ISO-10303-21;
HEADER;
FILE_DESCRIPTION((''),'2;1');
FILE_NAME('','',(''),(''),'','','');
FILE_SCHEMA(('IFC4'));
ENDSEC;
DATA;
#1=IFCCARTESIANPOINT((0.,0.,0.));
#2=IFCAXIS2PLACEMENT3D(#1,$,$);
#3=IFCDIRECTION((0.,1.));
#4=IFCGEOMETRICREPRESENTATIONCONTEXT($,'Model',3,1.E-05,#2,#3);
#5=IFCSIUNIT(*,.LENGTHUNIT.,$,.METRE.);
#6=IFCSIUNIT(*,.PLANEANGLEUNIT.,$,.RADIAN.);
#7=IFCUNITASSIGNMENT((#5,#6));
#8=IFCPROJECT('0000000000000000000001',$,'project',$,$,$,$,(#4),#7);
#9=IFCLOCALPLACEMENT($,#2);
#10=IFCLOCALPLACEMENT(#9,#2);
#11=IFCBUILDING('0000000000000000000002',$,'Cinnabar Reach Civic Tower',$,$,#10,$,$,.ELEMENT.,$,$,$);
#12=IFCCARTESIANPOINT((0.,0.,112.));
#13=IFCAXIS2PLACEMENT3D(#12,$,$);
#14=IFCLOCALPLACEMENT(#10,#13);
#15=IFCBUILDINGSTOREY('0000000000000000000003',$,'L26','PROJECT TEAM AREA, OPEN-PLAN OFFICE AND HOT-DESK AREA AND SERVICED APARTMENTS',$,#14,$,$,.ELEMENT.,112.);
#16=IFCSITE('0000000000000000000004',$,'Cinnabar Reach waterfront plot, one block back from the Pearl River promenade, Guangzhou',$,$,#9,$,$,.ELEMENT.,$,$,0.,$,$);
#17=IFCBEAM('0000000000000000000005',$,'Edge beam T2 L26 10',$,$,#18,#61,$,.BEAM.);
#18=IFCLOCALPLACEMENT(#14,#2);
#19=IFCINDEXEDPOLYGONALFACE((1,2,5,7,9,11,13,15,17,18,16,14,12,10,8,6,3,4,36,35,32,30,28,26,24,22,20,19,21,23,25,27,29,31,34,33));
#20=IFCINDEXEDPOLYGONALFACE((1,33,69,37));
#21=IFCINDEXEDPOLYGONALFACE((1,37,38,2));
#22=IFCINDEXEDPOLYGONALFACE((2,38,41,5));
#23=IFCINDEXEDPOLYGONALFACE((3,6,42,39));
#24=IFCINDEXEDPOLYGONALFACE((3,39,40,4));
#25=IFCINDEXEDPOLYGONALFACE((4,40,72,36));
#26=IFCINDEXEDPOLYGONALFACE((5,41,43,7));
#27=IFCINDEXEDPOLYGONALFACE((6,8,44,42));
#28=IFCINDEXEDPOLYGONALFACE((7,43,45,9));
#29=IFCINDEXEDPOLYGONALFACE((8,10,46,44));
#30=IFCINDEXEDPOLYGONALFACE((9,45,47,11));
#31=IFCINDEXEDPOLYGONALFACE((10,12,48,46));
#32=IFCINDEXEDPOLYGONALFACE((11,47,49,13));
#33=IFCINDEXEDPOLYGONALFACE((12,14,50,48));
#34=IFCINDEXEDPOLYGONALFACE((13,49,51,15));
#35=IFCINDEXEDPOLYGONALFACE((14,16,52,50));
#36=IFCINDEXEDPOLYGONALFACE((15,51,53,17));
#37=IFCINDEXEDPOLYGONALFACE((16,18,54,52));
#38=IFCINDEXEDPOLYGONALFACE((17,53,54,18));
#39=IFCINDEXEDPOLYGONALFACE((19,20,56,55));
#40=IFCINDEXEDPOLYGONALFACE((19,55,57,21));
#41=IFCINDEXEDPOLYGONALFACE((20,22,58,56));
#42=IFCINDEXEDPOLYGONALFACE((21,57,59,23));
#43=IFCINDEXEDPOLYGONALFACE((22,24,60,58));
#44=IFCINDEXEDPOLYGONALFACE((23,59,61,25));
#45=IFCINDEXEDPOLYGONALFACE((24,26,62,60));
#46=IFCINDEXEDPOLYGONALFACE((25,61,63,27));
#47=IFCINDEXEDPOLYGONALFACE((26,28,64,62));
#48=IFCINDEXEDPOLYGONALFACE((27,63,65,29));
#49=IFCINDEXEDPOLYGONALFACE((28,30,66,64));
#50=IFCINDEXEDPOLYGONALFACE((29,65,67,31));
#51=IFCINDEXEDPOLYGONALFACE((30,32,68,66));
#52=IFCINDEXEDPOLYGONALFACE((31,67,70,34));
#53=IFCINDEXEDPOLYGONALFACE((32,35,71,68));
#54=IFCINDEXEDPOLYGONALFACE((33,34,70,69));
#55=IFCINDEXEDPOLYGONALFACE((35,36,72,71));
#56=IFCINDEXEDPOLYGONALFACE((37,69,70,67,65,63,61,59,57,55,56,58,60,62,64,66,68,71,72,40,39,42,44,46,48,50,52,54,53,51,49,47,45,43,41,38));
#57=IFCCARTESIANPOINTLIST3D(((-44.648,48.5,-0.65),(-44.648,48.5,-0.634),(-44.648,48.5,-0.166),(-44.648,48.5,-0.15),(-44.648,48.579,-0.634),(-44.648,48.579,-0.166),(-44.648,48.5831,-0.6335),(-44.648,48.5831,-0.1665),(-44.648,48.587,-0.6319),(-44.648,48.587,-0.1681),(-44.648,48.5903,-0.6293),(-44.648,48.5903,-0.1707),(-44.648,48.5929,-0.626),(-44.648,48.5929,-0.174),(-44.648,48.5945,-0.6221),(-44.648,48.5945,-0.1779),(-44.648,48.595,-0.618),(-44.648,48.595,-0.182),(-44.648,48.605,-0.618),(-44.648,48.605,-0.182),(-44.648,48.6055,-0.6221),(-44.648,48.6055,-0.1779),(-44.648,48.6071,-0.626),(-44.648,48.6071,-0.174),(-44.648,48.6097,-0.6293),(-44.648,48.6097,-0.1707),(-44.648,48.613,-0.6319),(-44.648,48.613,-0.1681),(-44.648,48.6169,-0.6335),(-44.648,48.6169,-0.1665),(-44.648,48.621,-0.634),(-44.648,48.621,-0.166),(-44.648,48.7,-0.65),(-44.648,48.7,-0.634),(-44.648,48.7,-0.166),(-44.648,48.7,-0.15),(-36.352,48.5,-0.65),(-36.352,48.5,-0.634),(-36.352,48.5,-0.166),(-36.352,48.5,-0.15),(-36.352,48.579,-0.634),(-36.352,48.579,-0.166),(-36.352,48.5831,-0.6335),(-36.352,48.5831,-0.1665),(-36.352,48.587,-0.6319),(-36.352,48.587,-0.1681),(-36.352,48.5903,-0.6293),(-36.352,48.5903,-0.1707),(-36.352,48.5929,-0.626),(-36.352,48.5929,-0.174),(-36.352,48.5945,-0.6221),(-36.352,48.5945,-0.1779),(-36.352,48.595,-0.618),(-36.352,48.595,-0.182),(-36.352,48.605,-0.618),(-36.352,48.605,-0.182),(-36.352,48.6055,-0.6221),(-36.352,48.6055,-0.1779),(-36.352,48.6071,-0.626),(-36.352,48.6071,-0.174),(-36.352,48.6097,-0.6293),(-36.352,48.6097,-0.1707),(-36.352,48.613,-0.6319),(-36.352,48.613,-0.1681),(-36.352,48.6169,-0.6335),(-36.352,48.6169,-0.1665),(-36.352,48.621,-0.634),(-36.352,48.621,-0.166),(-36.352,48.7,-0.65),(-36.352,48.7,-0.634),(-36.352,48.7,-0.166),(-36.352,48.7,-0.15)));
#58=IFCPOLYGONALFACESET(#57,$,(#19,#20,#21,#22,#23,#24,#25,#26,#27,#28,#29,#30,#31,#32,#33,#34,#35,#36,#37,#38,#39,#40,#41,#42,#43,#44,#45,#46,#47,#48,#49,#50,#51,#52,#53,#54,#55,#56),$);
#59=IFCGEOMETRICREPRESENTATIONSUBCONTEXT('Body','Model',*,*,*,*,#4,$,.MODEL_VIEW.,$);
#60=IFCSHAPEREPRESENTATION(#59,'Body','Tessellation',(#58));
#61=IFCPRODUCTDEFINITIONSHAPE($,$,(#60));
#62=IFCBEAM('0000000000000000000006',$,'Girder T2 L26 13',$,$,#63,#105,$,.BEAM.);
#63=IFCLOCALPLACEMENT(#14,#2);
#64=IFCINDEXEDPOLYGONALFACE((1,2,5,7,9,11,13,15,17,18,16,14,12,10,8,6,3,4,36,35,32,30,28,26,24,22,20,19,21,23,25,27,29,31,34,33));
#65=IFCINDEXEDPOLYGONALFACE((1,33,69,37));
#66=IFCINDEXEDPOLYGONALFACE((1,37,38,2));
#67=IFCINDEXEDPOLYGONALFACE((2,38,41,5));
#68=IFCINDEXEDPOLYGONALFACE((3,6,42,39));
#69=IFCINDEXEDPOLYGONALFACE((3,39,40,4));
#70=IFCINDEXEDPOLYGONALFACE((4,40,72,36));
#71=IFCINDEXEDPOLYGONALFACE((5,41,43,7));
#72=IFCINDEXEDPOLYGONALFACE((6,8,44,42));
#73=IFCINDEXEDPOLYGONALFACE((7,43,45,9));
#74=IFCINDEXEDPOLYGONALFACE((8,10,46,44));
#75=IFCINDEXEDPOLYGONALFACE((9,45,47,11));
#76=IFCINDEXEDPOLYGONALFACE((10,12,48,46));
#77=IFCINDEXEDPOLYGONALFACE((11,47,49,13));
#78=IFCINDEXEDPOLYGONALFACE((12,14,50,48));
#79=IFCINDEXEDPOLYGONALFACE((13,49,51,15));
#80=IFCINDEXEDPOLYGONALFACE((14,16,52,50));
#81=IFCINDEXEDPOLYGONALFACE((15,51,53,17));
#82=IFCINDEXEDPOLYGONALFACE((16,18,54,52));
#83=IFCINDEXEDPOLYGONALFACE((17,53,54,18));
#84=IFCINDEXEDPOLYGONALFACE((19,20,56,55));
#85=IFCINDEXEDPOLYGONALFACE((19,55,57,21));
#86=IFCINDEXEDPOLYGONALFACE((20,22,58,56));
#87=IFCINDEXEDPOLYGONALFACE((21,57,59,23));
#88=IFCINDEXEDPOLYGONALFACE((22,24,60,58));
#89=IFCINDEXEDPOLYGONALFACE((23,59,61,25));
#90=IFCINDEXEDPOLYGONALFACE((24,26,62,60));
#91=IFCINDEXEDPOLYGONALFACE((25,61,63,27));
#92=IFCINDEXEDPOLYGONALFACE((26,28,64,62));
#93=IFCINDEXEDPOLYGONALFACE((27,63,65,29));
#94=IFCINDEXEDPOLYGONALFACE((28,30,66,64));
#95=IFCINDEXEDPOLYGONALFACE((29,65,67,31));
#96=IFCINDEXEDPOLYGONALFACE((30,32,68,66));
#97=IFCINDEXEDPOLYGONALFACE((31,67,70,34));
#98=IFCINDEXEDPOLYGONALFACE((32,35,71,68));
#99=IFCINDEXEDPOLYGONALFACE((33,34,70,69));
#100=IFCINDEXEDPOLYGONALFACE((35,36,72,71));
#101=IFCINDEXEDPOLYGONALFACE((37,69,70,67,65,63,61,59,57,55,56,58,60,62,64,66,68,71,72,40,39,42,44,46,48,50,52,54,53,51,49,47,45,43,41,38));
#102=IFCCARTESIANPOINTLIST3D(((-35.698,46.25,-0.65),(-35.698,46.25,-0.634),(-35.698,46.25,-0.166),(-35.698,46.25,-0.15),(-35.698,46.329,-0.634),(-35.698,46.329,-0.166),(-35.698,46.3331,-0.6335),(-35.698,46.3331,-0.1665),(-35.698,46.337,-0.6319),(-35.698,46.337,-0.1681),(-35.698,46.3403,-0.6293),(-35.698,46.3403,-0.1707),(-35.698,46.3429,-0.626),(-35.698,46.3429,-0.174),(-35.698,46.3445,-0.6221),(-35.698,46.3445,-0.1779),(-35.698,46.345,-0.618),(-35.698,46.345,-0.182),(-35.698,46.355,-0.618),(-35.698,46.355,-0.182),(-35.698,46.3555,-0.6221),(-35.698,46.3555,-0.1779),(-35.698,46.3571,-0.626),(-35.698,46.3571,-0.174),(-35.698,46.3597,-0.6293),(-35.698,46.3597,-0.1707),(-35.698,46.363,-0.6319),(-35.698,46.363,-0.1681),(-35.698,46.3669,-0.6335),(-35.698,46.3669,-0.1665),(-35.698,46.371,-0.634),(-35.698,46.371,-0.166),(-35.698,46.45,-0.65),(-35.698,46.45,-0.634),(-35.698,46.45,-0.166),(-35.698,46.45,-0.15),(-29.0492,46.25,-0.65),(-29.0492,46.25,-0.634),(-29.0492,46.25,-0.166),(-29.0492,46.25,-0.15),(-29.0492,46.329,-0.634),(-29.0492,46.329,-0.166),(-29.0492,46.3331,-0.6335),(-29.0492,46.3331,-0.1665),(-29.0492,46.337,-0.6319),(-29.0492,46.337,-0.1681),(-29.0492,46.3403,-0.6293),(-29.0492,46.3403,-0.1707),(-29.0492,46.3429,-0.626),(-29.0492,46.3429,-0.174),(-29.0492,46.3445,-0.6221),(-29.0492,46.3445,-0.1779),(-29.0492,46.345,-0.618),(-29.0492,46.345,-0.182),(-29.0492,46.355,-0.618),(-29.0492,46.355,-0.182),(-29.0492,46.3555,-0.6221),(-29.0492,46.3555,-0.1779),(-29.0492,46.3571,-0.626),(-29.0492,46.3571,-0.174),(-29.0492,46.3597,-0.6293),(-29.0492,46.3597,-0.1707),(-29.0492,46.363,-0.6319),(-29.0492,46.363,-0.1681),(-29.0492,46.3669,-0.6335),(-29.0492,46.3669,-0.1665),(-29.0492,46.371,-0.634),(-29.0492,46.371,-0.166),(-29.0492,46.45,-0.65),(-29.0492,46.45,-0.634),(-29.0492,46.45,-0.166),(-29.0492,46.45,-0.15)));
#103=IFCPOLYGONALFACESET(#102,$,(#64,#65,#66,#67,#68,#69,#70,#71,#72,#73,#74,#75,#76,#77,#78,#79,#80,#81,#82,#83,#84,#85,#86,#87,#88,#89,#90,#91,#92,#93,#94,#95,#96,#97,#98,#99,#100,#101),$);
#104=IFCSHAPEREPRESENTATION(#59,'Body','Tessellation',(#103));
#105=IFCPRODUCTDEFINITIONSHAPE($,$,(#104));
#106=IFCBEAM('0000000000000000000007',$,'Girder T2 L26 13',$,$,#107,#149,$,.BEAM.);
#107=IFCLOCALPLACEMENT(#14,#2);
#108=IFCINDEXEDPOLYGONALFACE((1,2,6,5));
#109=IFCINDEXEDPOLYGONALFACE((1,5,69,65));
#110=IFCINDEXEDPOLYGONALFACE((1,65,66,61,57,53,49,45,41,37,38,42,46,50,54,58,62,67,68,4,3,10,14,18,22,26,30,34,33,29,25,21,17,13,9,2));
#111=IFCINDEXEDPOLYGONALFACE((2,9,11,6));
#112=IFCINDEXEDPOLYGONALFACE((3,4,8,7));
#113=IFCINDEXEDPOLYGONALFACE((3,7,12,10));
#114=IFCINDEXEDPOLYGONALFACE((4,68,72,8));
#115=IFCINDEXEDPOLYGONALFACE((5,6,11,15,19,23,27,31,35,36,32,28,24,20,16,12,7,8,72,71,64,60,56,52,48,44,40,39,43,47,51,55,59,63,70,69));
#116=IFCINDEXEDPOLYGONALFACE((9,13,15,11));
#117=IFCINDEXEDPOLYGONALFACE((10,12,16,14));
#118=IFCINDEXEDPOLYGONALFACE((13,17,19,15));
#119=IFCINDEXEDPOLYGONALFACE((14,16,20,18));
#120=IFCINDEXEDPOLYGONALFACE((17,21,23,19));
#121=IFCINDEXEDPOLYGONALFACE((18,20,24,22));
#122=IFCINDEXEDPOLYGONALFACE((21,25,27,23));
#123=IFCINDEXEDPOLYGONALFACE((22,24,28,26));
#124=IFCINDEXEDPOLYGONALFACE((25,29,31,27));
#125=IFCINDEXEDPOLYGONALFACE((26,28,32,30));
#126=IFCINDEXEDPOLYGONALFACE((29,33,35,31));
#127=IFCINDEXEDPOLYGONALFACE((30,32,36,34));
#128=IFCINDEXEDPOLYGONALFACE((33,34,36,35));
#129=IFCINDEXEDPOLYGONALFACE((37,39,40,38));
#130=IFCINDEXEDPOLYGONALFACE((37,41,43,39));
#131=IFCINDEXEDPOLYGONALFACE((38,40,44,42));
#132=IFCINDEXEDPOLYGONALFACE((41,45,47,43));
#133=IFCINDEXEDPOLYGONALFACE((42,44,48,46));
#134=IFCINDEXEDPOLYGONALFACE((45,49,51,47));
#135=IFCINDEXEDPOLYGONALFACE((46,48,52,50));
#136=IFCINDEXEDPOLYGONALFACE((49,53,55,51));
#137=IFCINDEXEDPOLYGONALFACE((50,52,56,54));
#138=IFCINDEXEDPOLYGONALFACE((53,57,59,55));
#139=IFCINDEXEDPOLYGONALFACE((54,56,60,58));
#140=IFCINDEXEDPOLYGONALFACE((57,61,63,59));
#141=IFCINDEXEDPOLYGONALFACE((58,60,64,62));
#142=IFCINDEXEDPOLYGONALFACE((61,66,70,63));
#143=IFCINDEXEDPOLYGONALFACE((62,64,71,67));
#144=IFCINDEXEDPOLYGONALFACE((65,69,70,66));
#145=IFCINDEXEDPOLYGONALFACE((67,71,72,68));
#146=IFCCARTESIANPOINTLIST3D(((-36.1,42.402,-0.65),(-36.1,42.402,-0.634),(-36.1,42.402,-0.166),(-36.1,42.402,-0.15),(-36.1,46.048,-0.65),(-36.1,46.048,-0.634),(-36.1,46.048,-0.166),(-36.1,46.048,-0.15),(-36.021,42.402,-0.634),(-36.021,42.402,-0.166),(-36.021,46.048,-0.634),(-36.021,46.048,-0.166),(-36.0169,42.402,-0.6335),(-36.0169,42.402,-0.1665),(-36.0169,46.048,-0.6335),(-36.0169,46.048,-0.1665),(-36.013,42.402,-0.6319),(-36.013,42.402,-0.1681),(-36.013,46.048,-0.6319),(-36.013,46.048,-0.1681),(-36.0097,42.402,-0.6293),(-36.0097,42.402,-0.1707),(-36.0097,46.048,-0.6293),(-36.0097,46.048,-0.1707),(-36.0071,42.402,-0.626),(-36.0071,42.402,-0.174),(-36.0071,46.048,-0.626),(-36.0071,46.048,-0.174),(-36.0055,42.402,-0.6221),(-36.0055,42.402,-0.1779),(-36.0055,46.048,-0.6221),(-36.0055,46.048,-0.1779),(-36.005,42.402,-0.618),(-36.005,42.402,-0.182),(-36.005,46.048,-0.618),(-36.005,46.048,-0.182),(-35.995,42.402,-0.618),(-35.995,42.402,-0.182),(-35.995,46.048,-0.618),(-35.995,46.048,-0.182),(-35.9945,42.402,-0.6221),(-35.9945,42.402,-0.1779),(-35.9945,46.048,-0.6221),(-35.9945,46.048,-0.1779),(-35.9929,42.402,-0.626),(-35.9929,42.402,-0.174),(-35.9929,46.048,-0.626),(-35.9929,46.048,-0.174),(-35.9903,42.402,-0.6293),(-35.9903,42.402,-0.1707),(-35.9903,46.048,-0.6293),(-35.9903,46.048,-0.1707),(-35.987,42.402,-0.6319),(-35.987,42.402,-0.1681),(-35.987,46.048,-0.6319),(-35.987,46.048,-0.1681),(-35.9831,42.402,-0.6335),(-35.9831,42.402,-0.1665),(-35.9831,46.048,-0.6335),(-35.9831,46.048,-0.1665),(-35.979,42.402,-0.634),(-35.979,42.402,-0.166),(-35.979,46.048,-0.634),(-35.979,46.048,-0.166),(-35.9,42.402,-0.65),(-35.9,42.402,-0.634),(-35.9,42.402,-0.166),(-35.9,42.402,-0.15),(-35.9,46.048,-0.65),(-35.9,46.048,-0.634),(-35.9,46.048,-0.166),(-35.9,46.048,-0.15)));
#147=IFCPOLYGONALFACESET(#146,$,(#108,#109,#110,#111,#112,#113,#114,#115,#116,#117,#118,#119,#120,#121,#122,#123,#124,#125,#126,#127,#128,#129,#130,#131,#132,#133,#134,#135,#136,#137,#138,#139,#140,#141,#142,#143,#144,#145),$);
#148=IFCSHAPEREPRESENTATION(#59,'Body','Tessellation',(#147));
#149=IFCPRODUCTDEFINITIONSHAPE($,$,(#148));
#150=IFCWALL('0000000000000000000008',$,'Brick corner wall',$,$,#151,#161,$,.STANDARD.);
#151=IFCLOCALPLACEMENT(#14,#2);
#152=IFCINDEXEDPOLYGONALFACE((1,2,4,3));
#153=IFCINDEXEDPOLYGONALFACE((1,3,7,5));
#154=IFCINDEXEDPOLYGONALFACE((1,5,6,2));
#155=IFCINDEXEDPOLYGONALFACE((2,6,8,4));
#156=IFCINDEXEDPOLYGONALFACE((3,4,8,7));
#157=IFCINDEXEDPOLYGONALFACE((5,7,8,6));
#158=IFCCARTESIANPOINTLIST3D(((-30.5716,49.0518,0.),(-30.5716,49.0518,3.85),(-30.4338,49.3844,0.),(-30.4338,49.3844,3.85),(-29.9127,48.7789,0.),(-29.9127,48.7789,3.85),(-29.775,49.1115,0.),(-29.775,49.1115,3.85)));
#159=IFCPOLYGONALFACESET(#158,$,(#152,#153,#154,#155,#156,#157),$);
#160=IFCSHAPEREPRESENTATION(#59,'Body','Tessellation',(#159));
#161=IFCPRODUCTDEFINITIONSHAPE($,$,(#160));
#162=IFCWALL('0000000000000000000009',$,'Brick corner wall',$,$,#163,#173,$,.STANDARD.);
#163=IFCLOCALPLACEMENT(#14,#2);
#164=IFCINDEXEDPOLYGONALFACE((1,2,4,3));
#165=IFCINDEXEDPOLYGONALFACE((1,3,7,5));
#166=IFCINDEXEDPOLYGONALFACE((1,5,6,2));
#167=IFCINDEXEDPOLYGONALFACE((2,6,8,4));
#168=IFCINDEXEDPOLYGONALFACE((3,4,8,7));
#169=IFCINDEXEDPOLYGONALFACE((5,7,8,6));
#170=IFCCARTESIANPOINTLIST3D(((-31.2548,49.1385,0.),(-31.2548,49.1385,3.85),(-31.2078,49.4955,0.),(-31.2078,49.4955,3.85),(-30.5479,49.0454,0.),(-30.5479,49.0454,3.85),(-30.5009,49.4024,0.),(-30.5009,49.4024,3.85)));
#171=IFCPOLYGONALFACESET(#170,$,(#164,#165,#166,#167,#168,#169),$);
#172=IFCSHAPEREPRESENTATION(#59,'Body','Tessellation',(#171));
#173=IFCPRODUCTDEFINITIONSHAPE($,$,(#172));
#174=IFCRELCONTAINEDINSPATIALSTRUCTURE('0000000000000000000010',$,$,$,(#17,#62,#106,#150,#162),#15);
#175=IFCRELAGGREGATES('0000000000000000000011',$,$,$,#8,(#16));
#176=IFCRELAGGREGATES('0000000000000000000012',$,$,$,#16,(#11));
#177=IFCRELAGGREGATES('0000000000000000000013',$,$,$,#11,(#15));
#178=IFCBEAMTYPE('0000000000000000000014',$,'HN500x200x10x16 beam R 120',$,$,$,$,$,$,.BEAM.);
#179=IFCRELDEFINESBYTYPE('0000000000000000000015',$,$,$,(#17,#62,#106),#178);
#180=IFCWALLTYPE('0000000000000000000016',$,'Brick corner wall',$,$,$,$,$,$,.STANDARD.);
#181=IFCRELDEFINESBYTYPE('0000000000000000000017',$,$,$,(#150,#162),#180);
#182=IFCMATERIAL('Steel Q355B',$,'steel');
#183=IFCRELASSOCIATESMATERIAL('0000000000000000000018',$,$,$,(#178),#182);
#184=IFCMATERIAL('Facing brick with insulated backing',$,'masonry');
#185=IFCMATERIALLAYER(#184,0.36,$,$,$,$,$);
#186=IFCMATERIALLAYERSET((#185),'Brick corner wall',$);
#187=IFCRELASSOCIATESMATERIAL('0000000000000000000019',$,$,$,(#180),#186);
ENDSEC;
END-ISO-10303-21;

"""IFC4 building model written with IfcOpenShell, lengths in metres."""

from ifc_helpers import new_model, si_unit, direction, frame, frame_2d, origin, origin_2d, place, context, subcontext, project, spatial, rectangle, i_section, extrude, material, layer, layer_set, material_profile, profile_set, type_object, element, save


model = new_model("IFC4")

# Units and contexts
model_context = context("Model", 3, precision=1e-05, world=origin(), true_north=direction((0.0, 1.0)))
body_context = subcontext(model_context, "Body", "Model", "MODEL_VIEW")
ifc_project = project(units=[si_unit("LENGTHUNIT", "METRE"), si_unit("PLANEANGLEUNIT", "RADIAN")], contexts=[model_context])

# Site, building, storey
site_placement = place(None, origin())
site = spatial("IfcSite", under=ifc_project, at=site_placement, Name="Cinnabar Reach waterfront plot, one block back from the Pearl River promenade, Guangzhou", CompositionType="ELEMENT", RefElevation=0.0)
building_placement = place(site_placement, origin())
building = spatial("IfcBuilding", under=site, at=building_placement, Name="Cinnabar Reach Civic Tower", CompositionType="ELEMENT")
storey_placement = place(building_placement, frame((0.0, 0.0, 112.0)))
storey = spatial("IfcBuildingStorey", under=building, at=storey_placement, Name="L26", Description="PROJECT TEAM AREA, OPEN-PLAN OFFICE AND HOT-DESK AREA AND SERVICED APARTMENTS", CompositionType="ELEMENT", Elevation=112.0)

# Beams
ifc_material_1 = material(Name="Steel Q355B", Category="steel")
ifc_material_profile_1 = material_profile(ifc_material_1, i_section(OverallWidth=0.2, OverallDepth=0.5, WebThickness=0.01, FlangeThickness=0.016, FilletRadius=0.016, at=origin_2d()), Name="HN500x200x10x16")
ifc_profile_set_1 = profile_set([ifc_material_profile_1], Name="Steel Q355B")
beam_type_1 = type_object("IfcBeamType", Name="HN500x200x10x16 beam R 120", PredefinedType="BEAM", material=ifc_profile_set_1)
beam_1_placement = place(storey_placement, frame((-36.352, 48.6, -0.4), z_axis=(-1.0, 0.0, 0.0), x_axis=(0.0, -1.0, 0.0)))
element("IfcBeam", 1, at=beam_1_placement, inside=storey, type_object=beam_type_1, Name="Edge beam T2 L26 10", PredefinedType="BEAM", context=body_context, shape_type="SweptSolid", body=[
    extrude(i_section(OverallWidth=0.2, OverallDepth=0.5, WebThickness=0.01, FlangeThickness=0.016, FilletRadius=0.016, at=origin_2d()), origin(), (0.0, 0.0, 1.0), 8.296),
])
beam_2_placement = place(storey_placement, frame((-35.698, 46.35, -0.4), z_axis=(1.0, 0.0, 0.0), x_axis=(0.0, 1.0, 0.0)))
element("IfcBeam", 2, at=beam_2_placement, inside=storey, type_object=beam_type_1, Name="Girder T2 L26 13", PredefinedType="BEAM", context=body_context, shape_type="SweptSolid", body=[
    extrude(i_section(OverallWidth=0.2, OverallDepth=0.5, WebThickness=0.01, FlangeThickness=0.016, FilletRadius=0.016, at=origin_2d()), origin(), (0.0, 0.0, 1.0), 6.6488),
])
beam_3_placement = place(storey_placement, frame((-36.0, 42.402, -0.4), z_axis=(0.0, 1.0, 0.0), x_axis=(-1.0, 0.0, 0.0)))
element("IfcBeam", 3, at=beam_3_placement, inside=storey, type_object=beam_type_1, Name="Girder T2 L26 13", PredefinedType="BEAM", context=body_context, shape_type="SweptSolid", body=[
    extrude(i_section(OverallWidth=0.2, OverallDepth=0.5, WebThickness=0.01, FlangeThickness=0.016, FilletRadius=0.016, at=origin_2d()), origin(), (0.0, 0.0, 1.0), 3.646),
])

# Walls
ifc_material_2 = material(Name="Facing brick with insulated backing", Category="masonry")
ifc_layer_1 = layer(ifc_material_2, 0.36)
ifc_layer_set_1 = layer_set([ifc_layer_1], Name="Brick corner wall")
wall_type_1 = type_object("IfcWallType", Name="Brick corner wall", PredefinedType="STANDARD", material=ifc_layer_set_1)
for number, where, z_axis, x_axis, name in (
    (4, (-29.8439, 48.9452, 0.0), (0.0, 0.0, 1.0), (-0.923872, 0.382703, 0.0), "Brick corner wall"),
    (5, (-30.5244, 49.2239, 0.0), (0.0, 0.0, 1.0), (-0.991441, 0.130556, 0.0), "Brick corner wall"),
):
    element("IfcWall", number, at=place(storey_placement, frame(where, z_axis=z_axis, x_axis=x_axis)), inside=storey, type_object=wall_type_1, Name=name, PredefinedType="STANDARD", context=body_context, shape_type="SweptSolid", body=[
        extrude(rectangle(XDim=0.7131, YDim=0.36, at=frame_2d((0.3565, 0.0))), origin(), (0.0, 0.0, 1.0), 3.85),
    ])

save(model, "model.ifc")
